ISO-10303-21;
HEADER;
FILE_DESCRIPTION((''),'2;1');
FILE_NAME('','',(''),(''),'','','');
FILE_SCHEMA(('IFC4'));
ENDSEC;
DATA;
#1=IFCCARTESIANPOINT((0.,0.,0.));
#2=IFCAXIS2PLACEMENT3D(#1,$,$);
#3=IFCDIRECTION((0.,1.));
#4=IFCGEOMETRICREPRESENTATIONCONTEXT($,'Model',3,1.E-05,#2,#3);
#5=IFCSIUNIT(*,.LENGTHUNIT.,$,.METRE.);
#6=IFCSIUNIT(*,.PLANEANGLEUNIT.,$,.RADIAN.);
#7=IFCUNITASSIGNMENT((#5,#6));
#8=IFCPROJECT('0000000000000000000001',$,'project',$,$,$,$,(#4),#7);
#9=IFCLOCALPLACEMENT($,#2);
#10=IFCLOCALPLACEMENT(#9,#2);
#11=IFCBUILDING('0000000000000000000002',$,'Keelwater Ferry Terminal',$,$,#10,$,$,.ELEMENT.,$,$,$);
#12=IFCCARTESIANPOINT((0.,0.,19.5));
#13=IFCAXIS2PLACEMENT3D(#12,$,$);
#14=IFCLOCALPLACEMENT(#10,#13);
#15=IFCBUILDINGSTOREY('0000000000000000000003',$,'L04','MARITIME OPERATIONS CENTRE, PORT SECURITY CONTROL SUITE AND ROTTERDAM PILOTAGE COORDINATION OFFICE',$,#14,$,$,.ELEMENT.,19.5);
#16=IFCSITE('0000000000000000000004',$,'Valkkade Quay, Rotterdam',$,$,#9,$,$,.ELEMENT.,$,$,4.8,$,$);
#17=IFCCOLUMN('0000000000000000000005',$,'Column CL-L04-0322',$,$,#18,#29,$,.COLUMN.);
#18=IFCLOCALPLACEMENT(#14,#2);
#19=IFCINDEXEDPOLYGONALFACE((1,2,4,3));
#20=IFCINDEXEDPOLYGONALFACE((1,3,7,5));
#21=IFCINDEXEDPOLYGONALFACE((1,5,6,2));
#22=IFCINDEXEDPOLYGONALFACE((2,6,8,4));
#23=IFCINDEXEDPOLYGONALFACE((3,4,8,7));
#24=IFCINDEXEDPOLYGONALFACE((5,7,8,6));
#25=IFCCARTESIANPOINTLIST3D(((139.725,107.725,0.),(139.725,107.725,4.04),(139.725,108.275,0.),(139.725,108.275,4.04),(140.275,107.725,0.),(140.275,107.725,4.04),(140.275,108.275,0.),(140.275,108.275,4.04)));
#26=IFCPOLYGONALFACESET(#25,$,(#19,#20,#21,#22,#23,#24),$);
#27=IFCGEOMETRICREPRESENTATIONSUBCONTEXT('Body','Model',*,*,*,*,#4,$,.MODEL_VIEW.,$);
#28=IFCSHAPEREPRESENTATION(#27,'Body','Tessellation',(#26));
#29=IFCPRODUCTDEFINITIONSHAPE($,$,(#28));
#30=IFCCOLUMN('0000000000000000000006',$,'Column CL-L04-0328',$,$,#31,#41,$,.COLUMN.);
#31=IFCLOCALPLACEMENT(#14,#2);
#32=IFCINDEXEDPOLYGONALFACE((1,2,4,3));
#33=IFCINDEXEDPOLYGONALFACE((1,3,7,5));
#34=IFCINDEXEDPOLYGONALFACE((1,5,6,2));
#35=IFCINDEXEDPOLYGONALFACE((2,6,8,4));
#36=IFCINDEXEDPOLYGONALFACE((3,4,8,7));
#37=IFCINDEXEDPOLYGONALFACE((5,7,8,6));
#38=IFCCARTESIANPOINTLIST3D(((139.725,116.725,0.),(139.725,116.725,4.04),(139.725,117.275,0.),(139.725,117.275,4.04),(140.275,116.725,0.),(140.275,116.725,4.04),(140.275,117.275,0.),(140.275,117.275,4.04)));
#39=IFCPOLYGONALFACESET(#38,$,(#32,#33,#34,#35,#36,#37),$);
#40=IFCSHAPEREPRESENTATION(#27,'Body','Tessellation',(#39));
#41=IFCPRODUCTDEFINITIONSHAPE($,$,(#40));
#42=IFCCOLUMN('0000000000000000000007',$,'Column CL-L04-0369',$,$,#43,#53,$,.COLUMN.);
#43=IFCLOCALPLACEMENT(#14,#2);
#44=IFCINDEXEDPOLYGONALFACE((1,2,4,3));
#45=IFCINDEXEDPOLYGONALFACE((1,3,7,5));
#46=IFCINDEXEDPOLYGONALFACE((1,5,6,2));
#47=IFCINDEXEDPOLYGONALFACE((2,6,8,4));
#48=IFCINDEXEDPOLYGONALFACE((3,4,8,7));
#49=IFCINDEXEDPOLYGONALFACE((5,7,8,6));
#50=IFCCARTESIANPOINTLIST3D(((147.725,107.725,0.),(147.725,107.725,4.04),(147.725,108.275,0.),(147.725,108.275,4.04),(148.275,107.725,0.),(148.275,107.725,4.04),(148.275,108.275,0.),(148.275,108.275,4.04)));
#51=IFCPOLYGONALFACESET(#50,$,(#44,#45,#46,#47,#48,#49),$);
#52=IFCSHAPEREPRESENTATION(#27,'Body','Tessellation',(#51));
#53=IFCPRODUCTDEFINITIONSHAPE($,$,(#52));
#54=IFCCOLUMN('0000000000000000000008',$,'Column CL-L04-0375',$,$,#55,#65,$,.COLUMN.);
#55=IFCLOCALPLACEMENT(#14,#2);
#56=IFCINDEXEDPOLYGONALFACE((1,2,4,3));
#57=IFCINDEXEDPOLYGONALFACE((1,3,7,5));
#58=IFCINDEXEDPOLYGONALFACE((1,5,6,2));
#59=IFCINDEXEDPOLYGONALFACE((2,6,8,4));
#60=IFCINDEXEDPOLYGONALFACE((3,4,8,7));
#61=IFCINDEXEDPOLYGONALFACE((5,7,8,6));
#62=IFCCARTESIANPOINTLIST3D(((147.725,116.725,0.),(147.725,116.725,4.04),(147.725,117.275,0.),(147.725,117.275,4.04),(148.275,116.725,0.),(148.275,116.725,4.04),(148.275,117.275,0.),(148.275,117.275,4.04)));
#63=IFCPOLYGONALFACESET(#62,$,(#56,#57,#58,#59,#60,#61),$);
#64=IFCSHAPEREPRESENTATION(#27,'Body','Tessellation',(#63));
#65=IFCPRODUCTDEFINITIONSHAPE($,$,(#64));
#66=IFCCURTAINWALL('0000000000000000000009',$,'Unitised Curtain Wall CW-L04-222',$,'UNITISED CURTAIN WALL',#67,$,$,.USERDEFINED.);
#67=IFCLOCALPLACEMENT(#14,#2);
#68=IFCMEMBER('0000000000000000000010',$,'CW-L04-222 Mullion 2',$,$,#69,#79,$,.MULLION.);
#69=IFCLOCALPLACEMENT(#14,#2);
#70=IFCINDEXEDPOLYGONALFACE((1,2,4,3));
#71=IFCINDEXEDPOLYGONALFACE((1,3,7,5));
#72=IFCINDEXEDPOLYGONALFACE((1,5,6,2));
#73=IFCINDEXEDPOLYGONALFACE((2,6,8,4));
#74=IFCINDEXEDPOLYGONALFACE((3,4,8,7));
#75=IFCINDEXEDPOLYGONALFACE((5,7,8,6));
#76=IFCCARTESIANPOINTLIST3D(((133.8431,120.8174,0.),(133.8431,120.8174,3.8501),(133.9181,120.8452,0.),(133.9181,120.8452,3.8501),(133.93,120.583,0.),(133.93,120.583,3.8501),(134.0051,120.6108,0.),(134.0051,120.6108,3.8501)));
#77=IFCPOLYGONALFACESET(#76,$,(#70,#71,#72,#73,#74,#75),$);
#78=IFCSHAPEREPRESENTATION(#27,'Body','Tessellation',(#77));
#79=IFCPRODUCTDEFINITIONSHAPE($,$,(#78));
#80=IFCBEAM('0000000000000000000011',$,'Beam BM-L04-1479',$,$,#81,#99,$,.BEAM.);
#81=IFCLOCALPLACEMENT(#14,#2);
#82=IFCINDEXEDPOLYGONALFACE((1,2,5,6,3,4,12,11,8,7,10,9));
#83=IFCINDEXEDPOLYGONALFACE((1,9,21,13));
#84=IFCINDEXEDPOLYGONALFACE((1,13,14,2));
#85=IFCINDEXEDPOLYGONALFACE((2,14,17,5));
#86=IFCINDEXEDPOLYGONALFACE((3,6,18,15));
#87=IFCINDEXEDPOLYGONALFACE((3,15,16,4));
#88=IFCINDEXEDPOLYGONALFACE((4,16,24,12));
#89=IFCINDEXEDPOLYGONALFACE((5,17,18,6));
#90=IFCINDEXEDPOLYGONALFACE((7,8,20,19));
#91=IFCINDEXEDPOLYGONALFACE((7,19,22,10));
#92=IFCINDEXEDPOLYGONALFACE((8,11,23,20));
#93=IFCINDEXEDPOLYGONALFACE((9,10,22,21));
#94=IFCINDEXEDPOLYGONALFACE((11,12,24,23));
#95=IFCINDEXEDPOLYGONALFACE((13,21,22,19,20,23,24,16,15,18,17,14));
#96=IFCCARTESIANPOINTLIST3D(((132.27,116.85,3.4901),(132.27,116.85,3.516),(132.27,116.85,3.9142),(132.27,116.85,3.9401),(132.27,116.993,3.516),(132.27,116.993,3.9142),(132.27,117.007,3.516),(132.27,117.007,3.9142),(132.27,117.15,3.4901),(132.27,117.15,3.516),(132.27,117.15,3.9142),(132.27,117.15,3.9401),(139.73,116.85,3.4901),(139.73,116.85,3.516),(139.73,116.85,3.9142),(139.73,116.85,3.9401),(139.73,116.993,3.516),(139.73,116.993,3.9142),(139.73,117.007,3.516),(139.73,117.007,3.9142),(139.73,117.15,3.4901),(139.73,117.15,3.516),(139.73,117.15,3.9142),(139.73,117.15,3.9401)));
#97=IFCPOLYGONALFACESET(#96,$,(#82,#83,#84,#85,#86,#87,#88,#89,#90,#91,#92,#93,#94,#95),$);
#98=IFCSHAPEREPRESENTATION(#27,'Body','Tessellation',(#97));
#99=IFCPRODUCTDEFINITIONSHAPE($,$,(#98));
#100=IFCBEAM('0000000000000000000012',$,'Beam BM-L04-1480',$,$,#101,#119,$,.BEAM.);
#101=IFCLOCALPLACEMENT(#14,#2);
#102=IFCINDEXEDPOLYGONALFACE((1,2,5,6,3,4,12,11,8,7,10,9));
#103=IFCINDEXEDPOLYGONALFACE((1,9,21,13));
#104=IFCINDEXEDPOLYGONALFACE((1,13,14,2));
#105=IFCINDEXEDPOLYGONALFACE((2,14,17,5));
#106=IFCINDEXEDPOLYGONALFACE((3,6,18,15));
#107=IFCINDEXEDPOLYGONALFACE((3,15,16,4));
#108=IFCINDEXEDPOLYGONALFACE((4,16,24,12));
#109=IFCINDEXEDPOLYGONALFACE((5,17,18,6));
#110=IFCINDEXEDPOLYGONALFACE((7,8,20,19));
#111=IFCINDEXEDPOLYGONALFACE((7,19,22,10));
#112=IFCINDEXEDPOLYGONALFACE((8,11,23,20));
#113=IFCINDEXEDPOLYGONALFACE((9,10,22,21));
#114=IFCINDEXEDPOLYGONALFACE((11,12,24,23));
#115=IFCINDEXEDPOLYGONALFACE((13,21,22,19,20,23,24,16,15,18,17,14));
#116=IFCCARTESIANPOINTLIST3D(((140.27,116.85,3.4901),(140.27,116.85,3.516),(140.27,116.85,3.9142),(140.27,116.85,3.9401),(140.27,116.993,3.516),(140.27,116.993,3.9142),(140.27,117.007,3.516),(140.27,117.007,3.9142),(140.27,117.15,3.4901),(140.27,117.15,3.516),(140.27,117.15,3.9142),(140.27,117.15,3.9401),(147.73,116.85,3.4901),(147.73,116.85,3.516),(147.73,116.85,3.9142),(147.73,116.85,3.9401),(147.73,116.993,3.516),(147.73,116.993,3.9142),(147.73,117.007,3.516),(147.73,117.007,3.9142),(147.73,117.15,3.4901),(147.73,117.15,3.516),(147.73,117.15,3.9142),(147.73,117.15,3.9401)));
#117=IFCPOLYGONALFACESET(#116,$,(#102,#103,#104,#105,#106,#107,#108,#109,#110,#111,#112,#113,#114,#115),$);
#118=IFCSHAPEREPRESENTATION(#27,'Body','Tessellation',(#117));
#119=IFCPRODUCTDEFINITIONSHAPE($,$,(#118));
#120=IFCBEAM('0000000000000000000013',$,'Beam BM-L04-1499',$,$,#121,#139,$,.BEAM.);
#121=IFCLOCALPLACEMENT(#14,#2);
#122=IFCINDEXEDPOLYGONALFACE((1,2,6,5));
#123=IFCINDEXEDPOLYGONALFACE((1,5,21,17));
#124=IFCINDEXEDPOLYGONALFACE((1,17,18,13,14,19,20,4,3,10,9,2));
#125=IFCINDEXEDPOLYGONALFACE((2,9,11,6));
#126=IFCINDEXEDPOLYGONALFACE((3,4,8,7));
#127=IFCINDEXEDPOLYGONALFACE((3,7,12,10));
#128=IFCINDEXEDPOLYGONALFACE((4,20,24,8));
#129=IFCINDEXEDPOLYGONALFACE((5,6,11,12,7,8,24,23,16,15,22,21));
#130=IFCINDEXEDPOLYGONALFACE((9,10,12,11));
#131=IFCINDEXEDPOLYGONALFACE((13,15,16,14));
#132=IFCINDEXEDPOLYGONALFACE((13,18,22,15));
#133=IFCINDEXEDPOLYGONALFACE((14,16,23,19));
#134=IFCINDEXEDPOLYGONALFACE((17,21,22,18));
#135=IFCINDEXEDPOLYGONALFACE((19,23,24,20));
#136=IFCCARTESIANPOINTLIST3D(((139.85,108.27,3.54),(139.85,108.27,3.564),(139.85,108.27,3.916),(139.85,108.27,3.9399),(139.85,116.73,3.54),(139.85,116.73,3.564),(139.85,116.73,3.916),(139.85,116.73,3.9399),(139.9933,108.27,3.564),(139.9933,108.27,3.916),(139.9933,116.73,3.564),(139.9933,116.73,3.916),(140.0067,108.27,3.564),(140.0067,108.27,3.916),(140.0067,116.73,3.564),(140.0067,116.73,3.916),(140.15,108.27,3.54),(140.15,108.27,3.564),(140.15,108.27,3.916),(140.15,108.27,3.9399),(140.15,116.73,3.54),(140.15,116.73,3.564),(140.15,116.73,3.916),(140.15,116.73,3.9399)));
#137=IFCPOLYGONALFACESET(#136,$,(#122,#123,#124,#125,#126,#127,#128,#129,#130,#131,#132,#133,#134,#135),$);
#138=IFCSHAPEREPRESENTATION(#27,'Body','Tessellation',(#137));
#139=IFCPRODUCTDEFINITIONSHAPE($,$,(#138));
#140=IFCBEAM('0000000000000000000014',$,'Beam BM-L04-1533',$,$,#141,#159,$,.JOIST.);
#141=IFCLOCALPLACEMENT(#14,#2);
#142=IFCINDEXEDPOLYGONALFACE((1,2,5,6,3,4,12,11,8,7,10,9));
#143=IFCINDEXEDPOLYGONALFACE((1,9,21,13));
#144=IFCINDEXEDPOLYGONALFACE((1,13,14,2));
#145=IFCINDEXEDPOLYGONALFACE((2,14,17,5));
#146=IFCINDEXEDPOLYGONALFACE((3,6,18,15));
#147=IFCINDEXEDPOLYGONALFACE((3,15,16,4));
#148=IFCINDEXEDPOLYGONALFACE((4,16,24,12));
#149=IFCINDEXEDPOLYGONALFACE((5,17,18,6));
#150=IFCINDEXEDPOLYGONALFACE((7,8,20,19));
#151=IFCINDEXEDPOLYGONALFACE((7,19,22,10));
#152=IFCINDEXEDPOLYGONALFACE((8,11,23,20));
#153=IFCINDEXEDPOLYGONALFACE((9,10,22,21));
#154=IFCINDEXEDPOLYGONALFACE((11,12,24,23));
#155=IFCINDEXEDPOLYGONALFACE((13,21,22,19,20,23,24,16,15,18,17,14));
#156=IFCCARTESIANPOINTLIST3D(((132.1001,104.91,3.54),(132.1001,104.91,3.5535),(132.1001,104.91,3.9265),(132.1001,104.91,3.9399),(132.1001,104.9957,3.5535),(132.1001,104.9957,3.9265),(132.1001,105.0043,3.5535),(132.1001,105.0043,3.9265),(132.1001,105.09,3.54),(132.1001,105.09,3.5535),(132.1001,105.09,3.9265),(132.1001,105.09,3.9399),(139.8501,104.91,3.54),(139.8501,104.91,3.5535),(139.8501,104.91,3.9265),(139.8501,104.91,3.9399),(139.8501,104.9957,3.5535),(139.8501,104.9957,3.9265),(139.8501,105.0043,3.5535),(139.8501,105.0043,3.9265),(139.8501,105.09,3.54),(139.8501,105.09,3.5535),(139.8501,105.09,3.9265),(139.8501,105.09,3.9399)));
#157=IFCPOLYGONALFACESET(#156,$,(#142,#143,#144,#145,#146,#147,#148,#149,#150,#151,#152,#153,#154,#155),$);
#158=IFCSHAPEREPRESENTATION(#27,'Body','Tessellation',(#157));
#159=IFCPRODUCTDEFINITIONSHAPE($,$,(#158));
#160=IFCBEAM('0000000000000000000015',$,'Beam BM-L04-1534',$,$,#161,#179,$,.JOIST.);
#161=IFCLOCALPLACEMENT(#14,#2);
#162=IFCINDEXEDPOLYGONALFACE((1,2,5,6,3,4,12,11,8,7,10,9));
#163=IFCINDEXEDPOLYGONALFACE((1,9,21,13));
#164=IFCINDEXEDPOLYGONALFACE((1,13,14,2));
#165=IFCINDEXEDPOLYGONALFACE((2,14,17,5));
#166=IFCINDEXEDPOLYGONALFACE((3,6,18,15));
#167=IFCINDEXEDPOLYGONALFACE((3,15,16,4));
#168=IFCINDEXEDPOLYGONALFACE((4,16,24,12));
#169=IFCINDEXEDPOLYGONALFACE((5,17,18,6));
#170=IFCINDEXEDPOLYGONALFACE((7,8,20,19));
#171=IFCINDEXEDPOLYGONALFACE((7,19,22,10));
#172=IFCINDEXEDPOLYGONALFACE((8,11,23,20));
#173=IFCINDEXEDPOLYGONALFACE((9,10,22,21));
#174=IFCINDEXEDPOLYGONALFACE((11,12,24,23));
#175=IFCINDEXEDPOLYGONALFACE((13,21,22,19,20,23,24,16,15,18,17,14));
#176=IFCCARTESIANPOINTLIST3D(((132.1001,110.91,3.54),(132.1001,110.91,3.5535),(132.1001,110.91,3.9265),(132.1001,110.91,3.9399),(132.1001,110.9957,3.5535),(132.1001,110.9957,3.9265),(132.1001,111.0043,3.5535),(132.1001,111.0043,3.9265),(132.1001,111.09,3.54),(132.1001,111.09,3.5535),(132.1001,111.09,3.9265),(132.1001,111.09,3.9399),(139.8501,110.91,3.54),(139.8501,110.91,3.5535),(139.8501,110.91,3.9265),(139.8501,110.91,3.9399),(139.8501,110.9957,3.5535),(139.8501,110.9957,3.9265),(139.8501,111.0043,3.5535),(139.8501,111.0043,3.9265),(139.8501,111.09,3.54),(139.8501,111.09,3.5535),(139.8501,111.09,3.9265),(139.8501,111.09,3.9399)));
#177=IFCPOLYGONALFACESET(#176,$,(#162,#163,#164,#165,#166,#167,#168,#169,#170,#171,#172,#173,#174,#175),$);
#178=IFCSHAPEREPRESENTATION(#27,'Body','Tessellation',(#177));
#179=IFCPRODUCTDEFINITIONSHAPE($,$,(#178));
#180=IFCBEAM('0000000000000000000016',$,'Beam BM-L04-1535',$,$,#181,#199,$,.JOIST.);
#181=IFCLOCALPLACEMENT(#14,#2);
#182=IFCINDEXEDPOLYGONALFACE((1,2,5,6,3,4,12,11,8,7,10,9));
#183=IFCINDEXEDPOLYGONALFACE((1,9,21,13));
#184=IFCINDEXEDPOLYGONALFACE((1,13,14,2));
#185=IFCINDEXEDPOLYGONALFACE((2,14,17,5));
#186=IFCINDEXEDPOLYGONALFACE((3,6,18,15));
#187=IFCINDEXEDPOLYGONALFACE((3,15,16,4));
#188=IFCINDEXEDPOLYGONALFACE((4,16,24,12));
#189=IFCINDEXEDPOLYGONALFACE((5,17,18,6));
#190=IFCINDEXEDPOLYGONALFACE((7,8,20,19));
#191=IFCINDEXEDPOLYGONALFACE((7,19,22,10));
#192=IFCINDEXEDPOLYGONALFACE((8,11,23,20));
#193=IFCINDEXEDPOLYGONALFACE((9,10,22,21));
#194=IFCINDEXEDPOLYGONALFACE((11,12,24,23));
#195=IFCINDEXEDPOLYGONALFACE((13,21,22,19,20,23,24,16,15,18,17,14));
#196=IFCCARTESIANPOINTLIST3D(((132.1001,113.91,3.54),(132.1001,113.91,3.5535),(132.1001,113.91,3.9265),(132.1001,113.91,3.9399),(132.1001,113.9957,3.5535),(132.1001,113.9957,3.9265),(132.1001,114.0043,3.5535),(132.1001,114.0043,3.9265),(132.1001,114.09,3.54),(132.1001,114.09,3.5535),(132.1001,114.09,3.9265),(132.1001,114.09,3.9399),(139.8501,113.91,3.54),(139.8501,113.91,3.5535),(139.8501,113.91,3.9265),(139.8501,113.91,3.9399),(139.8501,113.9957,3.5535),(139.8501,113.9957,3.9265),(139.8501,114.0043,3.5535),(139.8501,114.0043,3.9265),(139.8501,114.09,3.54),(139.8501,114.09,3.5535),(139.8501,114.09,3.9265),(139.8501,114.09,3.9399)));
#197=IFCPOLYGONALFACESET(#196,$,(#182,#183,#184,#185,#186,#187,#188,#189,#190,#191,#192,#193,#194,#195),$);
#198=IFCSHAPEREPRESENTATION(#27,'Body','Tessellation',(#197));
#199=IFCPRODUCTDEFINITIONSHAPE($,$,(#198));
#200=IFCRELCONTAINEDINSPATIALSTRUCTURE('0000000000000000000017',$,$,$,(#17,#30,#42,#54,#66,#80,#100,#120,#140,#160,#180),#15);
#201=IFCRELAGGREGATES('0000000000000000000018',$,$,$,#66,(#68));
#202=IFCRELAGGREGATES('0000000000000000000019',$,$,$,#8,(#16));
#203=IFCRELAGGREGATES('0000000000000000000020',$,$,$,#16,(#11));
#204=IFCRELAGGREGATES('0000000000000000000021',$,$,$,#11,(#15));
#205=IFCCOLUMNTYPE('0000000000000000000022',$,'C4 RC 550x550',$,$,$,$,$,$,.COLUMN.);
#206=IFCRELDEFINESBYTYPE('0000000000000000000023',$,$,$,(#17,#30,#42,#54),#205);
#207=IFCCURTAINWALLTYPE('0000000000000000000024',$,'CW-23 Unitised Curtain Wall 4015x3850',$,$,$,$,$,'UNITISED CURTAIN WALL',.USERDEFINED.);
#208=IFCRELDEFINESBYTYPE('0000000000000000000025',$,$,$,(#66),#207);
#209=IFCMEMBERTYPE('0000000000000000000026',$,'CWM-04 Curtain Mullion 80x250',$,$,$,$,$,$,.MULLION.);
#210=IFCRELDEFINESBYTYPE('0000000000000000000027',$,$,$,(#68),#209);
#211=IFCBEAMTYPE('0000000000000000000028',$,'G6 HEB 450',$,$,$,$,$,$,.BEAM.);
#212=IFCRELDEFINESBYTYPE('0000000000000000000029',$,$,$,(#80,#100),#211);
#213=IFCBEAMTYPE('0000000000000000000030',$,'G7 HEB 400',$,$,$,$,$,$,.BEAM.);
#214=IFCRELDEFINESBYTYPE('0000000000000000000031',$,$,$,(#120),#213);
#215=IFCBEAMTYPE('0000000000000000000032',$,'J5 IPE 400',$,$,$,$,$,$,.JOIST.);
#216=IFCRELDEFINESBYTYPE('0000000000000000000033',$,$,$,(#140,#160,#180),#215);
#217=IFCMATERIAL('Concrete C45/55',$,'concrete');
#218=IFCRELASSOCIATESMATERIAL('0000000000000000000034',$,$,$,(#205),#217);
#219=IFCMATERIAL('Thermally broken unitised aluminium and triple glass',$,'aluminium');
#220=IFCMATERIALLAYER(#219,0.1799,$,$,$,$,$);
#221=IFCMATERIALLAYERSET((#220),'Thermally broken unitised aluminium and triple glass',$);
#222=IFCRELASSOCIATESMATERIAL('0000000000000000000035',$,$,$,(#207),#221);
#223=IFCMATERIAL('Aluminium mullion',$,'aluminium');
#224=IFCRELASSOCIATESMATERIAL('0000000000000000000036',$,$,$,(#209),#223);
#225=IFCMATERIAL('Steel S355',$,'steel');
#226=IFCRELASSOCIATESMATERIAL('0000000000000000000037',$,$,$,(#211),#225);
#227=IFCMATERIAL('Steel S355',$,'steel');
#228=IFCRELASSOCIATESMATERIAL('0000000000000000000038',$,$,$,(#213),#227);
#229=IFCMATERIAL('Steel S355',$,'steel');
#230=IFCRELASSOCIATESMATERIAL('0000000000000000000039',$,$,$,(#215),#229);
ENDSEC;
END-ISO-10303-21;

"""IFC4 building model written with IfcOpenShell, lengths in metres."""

from ifc_helpers import new_model, si_unit, direction, frame, origin, origin_2d, place, context, subcontext, project, spatial, rectangle, i_section, extrude, material, layer, layer_set, material_profile, profile_set, type_object, element, aggregate, save


model = new_model("IFC4")

# Units and contexts
model_context = context("Model", 3, precision=1e-05, world=origin(), true_north=direction((0.0, 1.0)))
body_context = subcontext(model_context, "Body", "Model", "MODEL_VIEW")
ifc_project = project(units=[si_unit("LENGTHUNIT", "METRE"), si_unit("PLANEANGLEUNIT", "RADIAN")], contexts=[model_context])

# Site, building, storey
site_placement = place(None, origin())
site = spatial("IfcSite", under=ifc_project, at=site_placement, Name="Valkkade Quay, Rotterdam", CompositionType="ELEMENT", RefElevation=4.8)
building_placement = place(site_placement, origin())
building = spatial("IfcBuilding", under=site, at=building_placement, Name="Keelwater Ferry Terminal", CompositionType="ELEMENT")
storey_placement = place(building_placement, frame((0.0, 0.0, 19.5)))
storey = spatial("IfcBuildingStorey", under=building, at=storey_placement, Name="L04", Description="MARITIME OPERATIONS CENTRE, PORT SECURITY CONTROL SUITE AND ROTTERDAM PILOTAGE COORDINATION OFFICE", CompositionType="ELEMENT", Elevation=19.5)

# Columns
ifc_material_1 = material(Name="Concrete C45/55", Category="concrete")
ifc_material_profile_1 = material_profile(ifc_material_1, rectangle(XDim=0.55, YDim=0.55, at=origin_2d()), Name="RC 550x550")
ifc_profile_set_1 = profile_set([ifc_material_profile_1], Name="Concrete C45/55")
column_type = type_object("IfcColumnType", Name="C4 RC 550x550", PredefinedType="COLUMN", material=ifc_profile_set_1)
for number, where, z_axis, x_axis, name in (
    (1, (140.0, 108.0, 0.0), (0.0, 0.0, 1.0), (1.0, 0.0, 0.0), "Column CL-L04-0322"),
    (2, (140.0, 117.0, 0.0), (0.0, 0.0, 1.0), (1.0, 0.0, 0.0), "Column CL-L04-0328"),
    (3, (148.0, 108.0, 0.0), (0.0, 0.0, 1.0), (1.0, 0.0, 0.0), "Column CL-L04-0369"),
    (4, (148.0, 117.0, 0.0), (0.0, 0.0, 1.0), (1.0, 0.0, 0.0), "Column CL-L04-0375"),
):
    element("IfcColumn", number, at=place(storey_placement, frame(where, z_axis=z_axis, x_axis=x_axis)), inside=storey, type_object=column_type, Name=name, PredefinedType="COLUMN", context=body_context, shape_type="SweptSolid", body=[
        extrude(rectangle(XDim=0.55, YDim=0.55, at=origin_2d()), origin(), (0.0, 0.0, 1.0), 4.04),
    ])

# Curtain wall, member
ifc_material_2 = material(Name="Thermally broken unitised aluminium and triple glass", Category="aluminium")
ifc_layer_1 = layer(ifc_material_2, 0.1799)
ifc_layer_set_1 = layer_set([ifc_layer_1], Name="Thermally broken unitised aluminium and triple glass")
curtain_wall_type = type_object("IfcCurtainWallType", Name="CW-23 Unitised Curtain Wall 4015x3850", ElementType="UNITISED CURTAIN WALL", PredefinedType="USERDEFINED", material=ifc_layer_set_1)
curtain_wall_placement = place(storey_placement, origin())
curtain_wall = element("IfcCurtainWall", 5, at=curtain_wall_placement, inside=storey, type_object=curtain_wall_type, Name="Unitised Curtain Wall CW-L04-222", ObjectType="UNITISED CURTAIN WALL", PredefinedType="USERDEFINED")
ifc_material_3 = material(Name="Aluminium mullion", Category="aluminium")
ifc_material_profile_2 = material_profile(ifc_material_3, rectangle(XDim=0.0801, YDim=0.25, at=origin_2d()), Name="CWM-04")
ifc_profile_set_2 = profile_set([ifc_material_profile_2], Name="Aluminium mullion")
member_type = type_object("IfcMemberType", Name="CWM-04 Curtain Mullion 80x250", PredefinedType="MULLION", material=ifc_profile_set_2)
member_placement = place(storey_placement, frame((133.9241, 120.7141, 0.0), z_axis=(0.0, 0.0, 1.0), x_axis=(-0.937592, -0.347736, 0.0)))
member = element("IfcMember", 6, at=member_placement, type_object=member_type, Name="CW-L04-222 Mullion 2", PredefinedType="MULLION", context=body_context, shape_type="SweptSolid", body=[
    extrude(rectangle(XDim=0.0801, YDim=0.25, at=origin_2d()), origin(), (0.0, 0.0, 1.0), 3.8501),
])

# Beams
ifc_material_4 = material(Name="Steel S355", Category="steel")
ifc_material_profile_3 = material_profile(ifc_material_4, i_section(OverallWidth=0.3, OverallDepth=0.45, WebThickness=0.0139, FlangeThickness=0.0259, at=origin_2d()), Name="HEB 450")
ifc_profile_set_3 = profile_set([ifc_material_profile_3], Name="Steel S355")
beam_type_1 = type_object("IfcBeamType", Name="G6 HEB 450", PredefinedType="BEAM", material=ifc_profile_set_3)
for number, where, z_axis, x_axis, name in (
    (7, (132.27, 117.0, 3.7151), (1.0, 0.0, 0.0), (0.0, 1.0, 0.0), "Beam BM-L04-1479"),
    (8, (140.27, 117.0, 3.7151), (1.0, 0.0, 0.0), (0.0, 1.0, 0.0), "Beam BM-L04-1480"),
):
    element("IfcBeam", number, at=place(storey_placement, frame(where, z_axis=z_axis, x_axis=x_axis)), inside=storey, type_object=beam_type_1, Name=name, PredefinedType="BEAM", context=body_context, shape_type="SweptSolid", body=[
        extrude(i_section(OverallWidth=0.3, OverallDepth=0.45, WebThickness=0.0139, FlangeThickness=0.0259, at=origin_2d()), origin(), (0.0, 0.0, 1.0), 7.46),
    ])
ifc_material_5 = material(Name="Steel S355", Category="steel")
ifc_material_profile_4 = material_profile(ifc_material_5, i_section(OverallWidth=0.3, OverallDepth=0.3999, WebThickness=0.0134, FlangeThickness=0.0239, at=origin_2d()), Name="HEB 400")
ifc_profile_set_4 = profile_set([ifc_material_profile_4], Name="Steel S355")
beam_type_2 = type_object("IfcBeamType", Name="G7 HEB 400", PredefinedType="BEAM", material=ifc_profile_set_4)
beam_1_placement = place(storey_placement, frame((140.0, 108.27, 3.74), z_axis=(0.0, 1.0, 0.0), x_axis=(-1.0, 0.0, 0.0)))
element("IfcBeam", 9, at=beam_1_placement, inside=storey, type_object=beam_type_2, Name="Beam BM-L04-1499", PredefinedType="BEAM", context=body_context, shape_type="SweptSolid", body=[
    extrude(i_section(OverallWidth=0.3, OverallDepth=0.3999, WebThickness=0.0134, FlangeThickness=0.0239, at=origin_2d()), origin(), (0.0, 0.0, 1.0), 8.46),
])
ifc_material_6 = material(Name="Steel S355", Category="steel")
ifc_material_profile_5 = material_profile(ifc_material_6, i_section(OverallWidth=0.1799, OverallDepth=0.3999, WebThickness=0.0085, FlangeThickness=0.0134, at=origin_2d()), Name="IPE 400")
ifc_profile_set_5 = profile_set([ifc_material_profile_5], Name="Steel S355")
beam_type_3 = type_object("IfcBeamType", Name="J5 IPE 400", PredefinedType="JOIST", material=ifc_profile_set_5)
for number, where, z_axis, x_axis, name in (
    (10, (132.1001, 105.0, 3.74), (1.0, 0.0, 0.0), (0.0, 1.0, 0.0), "Beam BM-L04-1533"),
    (11, (132.1001, 111.0, 3.74), (1.0, 0.0, 0.0), (0.0, 1.0, 0.0), "Beam BM-L04-1534"),
    (12, (132.1001, 114.0, 3.74), (1.0, 0.0, 0.0), (0.0, 1.0, 0.0), "Beam BM-L04-1535"),
):
    element("IfcBeam", number, at=place(storey_placement, frame(where, z_axis=z_axis, x_axis=x_axis)), inside=storey, type_object=beam_type_3, Name=name, PredefinedType="JOIST", context=body_context, shape_type="SweptSolid", body=[
        extrude(i_section(OverallWidth=0.1799, OverallDepth=0.3999, WebThickness=0.0085, FlangeThickness=0.0134, at=origin_2d()), origin(), (0.0, 0.0, 1.0), 7.75),
    ])

aggregate(curtain_wall, [member])

save(model, "model.ifc")
